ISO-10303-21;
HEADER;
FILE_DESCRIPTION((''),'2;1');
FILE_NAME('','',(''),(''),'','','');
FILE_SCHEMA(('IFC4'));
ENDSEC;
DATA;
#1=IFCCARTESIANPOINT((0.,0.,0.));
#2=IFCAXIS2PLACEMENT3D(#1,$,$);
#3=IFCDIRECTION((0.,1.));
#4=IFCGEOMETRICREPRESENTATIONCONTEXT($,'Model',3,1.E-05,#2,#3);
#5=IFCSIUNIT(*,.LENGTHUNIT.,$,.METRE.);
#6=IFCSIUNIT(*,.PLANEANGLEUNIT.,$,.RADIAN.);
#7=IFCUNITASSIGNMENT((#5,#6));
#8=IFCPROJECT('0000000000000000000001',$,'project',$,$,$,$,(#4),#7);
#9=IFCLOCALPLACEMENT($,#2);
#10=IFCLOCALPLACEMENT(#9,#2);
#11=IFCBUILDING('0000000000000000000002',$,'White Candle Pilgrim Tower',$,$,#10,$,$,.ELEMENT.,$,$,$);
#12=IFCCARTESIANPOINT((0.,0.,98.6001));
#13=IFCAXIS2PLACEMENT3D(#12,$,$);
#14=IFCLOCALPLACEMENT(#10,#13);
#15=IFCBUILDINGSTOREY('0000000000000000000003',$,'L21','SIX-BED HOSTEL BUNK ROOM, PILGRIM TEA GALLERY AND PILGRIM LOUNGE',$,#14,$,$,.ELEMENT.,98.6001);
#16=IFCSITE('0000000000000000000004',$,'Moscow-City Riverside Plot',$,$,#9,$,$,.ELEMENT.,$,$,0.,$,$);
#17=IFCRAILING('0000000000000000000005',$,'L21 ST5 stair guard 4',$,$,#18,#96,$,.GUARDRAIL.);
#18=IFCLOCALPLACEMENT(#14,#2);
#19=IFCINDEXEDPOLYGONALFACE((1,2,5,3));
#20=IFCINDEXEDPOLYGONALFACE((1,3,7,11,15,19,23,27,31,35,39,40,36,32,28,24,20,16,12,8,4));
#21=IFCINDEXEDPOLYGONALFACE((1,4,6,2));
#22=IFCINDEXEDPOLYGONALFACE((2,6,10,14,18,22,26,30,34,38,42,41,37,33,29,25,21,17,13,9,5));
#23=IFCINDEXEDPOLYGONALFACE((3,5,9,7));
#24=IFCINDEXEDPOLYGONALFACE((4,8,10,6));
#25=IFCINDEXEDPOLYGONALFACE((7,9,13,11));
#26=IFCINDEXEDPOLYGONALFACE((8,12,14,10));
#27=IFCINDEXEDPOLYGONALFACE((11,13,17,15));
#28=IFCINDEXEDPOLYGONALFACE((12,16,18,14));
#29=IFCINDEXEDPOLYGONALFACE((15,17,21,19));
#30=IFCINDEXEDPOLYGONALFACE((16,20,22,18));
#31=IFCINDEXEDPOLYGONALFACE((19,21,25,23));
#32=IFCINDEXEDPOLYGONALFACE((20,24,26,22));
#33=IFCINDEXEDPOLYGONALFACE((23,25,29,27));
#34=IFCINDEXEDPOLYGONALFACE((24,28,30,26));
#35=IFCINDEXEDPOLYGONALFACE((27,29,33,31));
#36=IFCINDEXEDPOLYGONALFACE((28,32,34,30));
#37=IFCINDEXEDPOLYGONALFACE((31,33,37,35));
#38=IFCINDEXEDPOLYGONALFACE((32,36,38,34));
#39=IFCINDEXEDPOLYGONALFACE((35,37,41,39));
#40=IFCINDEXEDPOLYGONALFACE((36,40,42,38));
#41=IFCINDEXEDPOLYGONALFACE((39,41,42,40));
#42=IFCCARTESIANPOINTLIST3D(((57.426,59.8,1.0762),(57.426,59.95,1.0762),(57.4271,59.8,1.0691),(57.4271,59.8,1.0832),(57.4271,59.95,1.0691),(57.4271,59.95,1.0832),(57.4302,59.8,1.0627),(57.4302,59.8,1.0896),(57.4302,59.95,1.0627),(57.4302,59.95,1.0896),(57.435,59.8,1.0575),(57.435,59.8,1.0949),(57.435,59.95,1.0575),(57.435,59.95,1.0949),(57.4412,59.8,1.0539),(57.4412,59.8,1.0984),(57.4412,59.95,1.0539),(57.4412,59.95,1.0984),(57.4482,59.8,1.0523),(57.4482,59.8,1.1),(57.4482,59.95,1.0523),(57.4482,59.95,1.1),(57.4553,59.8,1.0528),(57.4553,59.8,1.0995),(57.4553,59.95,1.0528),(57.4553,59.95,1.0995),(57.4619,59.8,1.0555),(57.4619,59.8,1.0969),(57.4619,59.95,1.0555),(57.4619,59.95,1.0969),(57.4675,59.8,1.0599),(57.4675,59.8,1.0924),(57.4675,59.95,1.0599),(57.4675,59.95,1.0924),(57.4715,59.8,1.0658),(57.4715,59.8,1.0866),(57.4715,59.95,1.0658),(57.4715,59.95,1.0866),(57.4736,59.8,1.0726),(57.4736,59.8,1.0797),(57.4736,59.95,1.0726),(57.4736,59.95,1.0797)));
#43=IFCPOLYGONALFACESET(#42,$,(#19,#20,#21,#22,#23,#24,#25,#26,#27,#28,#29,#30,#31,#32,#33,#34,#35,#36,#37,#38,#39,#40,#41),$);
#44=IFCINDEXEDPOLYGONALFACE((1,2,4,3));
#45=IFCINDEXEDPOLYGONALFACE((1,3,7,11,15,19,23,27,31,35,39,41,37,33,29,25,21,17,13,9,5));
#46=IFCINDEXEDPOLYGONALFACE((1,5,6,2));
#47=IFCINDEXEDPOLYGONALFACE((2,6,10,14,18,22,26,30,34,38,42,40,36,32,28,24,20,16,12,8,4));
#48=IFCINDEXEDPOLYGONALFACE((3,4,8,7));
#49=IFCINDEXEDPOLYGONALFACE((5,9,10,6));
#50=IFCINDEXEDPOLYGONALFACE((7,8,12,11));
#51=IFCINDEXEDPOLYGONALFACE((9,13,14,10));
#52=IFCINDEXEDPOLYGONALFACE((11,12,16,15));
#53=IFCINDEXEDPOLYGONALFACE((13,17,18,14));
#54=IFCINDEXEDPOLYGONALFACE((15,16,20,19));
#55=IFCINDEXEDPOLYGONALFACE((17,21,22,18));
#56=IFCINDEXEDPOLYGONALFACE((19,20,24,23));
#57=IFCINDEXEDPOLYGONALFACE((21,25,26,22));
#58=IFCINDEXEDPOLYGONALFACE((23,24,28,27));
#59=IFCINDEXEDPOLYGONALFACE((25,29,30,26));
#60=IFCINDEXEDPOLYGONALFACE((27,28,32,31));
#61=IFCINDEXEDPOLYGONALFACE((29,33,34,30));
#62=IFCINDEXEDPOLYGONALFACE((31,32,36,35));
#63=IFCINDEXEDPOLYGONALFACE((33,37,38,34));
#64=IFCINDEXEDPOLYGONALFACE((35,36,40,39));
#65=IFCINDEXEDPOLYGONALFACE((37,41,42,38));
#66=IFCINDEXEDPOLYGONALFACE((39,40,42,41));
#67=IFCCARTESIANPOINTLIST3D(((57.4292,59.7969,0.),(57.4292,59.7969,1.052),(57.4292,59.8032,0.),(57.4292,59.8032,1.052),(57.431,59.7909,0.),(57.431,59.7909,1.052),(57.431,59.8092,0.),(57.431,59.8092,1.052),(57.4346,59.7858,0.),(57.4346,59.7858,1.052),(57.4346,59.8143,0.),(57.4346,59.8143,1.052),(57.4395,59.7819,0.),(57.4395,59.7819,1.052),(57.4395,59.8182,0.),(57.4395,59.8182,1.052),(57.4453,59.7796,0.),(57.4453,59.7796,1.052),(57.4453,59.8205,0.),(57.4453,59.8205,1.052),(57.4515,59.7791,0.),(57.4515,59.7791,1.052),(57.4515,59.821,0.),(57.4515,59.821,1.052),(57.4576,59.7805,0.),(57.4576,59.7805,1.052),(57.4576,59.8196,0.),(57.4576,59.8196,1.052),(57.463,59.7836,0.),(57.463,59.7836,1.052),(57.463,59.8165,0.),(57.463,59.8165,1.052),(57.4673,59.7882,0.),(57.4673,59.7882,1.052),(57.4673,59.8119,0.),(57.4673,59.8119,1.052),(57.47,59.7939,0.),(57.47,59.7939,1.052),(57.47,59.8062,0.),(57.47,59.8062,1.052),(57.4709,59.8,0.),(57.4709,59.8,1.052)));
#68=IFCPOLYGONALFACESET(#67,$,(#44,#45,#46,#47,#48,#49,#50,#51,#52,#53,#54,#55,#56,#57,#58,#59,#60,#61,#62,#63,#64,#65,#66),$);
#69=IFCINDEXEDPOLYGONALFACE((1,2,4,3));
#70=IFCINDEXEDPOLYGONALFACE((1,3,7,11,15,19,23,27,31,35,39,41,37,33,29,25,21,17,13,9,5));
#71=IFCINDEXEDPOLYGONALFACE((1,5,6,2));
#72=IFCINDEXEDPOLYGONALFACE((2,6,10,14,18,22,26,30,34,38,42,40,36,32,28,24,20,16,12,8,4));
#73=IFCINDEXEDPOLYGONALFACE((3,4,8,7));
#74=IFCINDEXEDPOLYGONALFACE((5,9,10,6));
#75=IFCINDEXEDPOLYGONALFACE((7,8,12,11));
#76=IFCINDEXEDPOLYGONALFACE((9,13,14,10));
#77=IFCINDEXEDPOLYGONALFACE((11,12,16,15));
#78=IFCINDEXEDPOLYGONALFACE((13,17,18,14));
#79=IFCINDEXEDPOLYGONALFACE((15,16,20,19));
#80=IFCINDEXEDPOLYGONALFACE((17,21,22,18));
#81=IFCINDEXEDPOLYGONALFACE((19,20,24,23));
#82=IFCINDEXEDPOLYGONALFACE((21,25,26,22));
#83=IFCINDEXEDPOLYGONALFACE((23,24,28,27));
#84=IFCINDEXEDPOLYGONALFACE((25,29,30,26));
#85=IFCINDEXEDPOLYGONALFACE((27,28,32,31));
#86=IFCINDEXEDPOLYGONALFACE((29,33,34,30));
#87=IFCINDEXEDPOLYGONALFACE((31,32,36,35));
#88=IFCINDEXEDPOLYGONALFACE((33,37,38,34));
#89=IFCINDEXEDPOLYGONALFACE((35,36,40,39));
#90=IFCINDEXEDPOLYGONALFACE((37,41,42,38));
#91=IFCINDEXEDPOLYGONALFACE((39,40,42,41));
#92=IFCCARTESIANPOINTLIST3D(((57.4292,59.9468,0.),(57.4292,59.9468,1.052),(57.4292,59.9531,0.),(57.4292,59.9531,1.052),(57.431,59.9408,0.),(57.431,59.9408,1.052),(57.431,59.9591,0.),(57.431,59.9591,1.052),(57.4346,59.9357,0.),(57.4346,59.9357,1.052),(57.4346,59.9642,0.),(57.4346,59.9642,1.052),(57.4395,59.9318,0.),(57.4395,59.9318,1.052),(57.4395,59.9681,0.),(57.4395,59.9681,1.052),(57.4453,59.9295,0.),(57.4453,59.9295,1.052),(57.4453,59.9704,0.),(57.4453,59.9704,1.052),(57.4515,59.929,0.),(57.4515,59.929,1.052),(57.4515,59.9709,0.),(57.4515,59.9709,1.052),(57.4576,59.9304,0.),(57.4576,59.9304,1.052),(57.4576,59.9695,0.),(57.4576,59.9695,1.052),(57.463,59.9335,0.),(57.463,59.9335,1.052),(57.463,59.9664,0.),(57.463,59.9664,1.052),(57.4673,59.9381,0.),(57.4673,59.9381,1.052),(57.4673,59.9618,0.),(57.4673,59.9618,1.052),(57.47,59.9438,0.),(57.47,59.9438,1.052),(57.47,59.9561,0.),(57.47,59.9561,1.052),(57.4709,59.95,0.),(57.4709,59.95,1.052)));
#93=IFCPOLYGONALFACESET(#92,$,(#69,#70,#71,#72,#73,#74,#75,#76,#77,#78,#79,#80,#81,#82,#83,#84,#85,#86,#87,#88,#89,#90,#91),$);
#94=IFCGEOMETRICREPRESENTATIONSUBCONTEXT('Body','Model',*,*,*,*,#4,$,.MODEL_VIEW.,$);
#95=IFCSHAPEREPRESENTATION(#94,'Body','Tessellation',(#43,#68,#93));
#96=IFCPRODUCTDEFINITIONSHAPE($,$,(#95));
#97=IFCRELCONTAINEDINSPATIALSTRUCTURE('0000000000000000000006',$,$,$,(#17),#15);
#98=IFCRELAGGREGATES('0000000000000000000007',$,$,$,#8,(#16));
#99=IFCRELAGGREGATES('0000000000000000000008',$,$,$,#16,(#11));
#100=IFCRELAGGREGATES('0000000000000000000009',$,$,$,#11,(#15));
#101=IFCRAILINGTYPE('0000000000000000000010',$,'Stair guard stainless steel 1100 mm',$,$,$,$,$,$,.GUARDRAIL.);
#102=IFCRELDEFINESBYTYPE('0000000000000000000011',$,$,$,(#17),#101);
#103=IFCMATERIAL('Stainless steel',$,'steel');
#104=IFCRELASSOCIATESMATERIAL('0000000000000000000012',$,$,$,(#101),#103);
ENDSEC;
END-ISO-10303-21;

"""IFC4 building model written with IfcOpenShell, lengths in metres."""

from ifc_helpers import new_model, si_unit, direction, frame, origin, origin_2d, place, context, subcontext, project, spatial, circle, extrude, material, type_object, element, save


model = new_model("IFC4")

# Units and contexts
model_context = context("Model", 3, precision=1e-05, world=origin(), true_north=direction((0.0, 1.0)))
body_context = subcontext(model_context, "Body", "Model", "MODEL_VIEW")
ifc_project = project(units=[si_unit("LENGTHUNIT", "METRE"), si_unit("PLANEANGLEUNIT", "RADIAN")], contexts=[model_context])

# Site, building, storey
site_placement = place(None, origin())
site = spatial("IfcSite", under=ifc_project, at=site_placement, Name="Moscow-City Riverside Plot", CompositionType="ELEMENT", RefElevation=0.0)
building_placement = place(site_placement, origin())
building = spatial("IfcBuilding", under=site, at=building_placement, Name="White Candle Pilgrim Tower", CompositionType="ELEMENT")
storey_placement = place(building_placement, frame((0.0, 0.0, 98.6001)))
storey = spatial("IfcBuildingStorey", under=building, at=storey_placement, Name="L21", Description="SIX-BED HOSTEL BUNK ROOM, PILGRIM TEA GALLERY AND PILGRIM LOUNGE", CompositionType="ELEMENT", Elevation=98.6001)

# Railing
ifc_material_1 = material(Name="Stainless steel", Category="steel")
railing_type_1 = type_object("IfcRailingType", Name="Stair guard stainless steel 1100 mm", PredefinedType="GUARDRAIL", material=ifc_material_1)
railing_1_placement = place(storey_placement, frame((57.45, 59.8, 0.0)))
element("IfcRailing", 1, at=railing_1_placement, inside=storey, type_object=railing_type_1, Name="L21 ST5 stair guard 4", PredefinedType="GUARDRAIL", context=body_context, shape_type="SweptSolid", body=[
    extrude(circle(Radius=0.0239, at=origin_2d()), frame((0.0, 0.0, 1.0762), z_axis=(0.0, 1.0, 0.0), x_axis=(-1.0, 0.0, 0.0)), (0.0, 0.0, 1.0), 0.1499),
    extrude(circle(Radius=0.021, at=origin_2d()), origin(), (0.0, 0.0, 1.0), 1.052),
    extrude(circle(Radius=0.021, at=origin_2d()), frame((0.0, 0.1499, 0.0)), (0.0, 0.0, 1.0), 1.052),
])

save(model, "model.ifc")
